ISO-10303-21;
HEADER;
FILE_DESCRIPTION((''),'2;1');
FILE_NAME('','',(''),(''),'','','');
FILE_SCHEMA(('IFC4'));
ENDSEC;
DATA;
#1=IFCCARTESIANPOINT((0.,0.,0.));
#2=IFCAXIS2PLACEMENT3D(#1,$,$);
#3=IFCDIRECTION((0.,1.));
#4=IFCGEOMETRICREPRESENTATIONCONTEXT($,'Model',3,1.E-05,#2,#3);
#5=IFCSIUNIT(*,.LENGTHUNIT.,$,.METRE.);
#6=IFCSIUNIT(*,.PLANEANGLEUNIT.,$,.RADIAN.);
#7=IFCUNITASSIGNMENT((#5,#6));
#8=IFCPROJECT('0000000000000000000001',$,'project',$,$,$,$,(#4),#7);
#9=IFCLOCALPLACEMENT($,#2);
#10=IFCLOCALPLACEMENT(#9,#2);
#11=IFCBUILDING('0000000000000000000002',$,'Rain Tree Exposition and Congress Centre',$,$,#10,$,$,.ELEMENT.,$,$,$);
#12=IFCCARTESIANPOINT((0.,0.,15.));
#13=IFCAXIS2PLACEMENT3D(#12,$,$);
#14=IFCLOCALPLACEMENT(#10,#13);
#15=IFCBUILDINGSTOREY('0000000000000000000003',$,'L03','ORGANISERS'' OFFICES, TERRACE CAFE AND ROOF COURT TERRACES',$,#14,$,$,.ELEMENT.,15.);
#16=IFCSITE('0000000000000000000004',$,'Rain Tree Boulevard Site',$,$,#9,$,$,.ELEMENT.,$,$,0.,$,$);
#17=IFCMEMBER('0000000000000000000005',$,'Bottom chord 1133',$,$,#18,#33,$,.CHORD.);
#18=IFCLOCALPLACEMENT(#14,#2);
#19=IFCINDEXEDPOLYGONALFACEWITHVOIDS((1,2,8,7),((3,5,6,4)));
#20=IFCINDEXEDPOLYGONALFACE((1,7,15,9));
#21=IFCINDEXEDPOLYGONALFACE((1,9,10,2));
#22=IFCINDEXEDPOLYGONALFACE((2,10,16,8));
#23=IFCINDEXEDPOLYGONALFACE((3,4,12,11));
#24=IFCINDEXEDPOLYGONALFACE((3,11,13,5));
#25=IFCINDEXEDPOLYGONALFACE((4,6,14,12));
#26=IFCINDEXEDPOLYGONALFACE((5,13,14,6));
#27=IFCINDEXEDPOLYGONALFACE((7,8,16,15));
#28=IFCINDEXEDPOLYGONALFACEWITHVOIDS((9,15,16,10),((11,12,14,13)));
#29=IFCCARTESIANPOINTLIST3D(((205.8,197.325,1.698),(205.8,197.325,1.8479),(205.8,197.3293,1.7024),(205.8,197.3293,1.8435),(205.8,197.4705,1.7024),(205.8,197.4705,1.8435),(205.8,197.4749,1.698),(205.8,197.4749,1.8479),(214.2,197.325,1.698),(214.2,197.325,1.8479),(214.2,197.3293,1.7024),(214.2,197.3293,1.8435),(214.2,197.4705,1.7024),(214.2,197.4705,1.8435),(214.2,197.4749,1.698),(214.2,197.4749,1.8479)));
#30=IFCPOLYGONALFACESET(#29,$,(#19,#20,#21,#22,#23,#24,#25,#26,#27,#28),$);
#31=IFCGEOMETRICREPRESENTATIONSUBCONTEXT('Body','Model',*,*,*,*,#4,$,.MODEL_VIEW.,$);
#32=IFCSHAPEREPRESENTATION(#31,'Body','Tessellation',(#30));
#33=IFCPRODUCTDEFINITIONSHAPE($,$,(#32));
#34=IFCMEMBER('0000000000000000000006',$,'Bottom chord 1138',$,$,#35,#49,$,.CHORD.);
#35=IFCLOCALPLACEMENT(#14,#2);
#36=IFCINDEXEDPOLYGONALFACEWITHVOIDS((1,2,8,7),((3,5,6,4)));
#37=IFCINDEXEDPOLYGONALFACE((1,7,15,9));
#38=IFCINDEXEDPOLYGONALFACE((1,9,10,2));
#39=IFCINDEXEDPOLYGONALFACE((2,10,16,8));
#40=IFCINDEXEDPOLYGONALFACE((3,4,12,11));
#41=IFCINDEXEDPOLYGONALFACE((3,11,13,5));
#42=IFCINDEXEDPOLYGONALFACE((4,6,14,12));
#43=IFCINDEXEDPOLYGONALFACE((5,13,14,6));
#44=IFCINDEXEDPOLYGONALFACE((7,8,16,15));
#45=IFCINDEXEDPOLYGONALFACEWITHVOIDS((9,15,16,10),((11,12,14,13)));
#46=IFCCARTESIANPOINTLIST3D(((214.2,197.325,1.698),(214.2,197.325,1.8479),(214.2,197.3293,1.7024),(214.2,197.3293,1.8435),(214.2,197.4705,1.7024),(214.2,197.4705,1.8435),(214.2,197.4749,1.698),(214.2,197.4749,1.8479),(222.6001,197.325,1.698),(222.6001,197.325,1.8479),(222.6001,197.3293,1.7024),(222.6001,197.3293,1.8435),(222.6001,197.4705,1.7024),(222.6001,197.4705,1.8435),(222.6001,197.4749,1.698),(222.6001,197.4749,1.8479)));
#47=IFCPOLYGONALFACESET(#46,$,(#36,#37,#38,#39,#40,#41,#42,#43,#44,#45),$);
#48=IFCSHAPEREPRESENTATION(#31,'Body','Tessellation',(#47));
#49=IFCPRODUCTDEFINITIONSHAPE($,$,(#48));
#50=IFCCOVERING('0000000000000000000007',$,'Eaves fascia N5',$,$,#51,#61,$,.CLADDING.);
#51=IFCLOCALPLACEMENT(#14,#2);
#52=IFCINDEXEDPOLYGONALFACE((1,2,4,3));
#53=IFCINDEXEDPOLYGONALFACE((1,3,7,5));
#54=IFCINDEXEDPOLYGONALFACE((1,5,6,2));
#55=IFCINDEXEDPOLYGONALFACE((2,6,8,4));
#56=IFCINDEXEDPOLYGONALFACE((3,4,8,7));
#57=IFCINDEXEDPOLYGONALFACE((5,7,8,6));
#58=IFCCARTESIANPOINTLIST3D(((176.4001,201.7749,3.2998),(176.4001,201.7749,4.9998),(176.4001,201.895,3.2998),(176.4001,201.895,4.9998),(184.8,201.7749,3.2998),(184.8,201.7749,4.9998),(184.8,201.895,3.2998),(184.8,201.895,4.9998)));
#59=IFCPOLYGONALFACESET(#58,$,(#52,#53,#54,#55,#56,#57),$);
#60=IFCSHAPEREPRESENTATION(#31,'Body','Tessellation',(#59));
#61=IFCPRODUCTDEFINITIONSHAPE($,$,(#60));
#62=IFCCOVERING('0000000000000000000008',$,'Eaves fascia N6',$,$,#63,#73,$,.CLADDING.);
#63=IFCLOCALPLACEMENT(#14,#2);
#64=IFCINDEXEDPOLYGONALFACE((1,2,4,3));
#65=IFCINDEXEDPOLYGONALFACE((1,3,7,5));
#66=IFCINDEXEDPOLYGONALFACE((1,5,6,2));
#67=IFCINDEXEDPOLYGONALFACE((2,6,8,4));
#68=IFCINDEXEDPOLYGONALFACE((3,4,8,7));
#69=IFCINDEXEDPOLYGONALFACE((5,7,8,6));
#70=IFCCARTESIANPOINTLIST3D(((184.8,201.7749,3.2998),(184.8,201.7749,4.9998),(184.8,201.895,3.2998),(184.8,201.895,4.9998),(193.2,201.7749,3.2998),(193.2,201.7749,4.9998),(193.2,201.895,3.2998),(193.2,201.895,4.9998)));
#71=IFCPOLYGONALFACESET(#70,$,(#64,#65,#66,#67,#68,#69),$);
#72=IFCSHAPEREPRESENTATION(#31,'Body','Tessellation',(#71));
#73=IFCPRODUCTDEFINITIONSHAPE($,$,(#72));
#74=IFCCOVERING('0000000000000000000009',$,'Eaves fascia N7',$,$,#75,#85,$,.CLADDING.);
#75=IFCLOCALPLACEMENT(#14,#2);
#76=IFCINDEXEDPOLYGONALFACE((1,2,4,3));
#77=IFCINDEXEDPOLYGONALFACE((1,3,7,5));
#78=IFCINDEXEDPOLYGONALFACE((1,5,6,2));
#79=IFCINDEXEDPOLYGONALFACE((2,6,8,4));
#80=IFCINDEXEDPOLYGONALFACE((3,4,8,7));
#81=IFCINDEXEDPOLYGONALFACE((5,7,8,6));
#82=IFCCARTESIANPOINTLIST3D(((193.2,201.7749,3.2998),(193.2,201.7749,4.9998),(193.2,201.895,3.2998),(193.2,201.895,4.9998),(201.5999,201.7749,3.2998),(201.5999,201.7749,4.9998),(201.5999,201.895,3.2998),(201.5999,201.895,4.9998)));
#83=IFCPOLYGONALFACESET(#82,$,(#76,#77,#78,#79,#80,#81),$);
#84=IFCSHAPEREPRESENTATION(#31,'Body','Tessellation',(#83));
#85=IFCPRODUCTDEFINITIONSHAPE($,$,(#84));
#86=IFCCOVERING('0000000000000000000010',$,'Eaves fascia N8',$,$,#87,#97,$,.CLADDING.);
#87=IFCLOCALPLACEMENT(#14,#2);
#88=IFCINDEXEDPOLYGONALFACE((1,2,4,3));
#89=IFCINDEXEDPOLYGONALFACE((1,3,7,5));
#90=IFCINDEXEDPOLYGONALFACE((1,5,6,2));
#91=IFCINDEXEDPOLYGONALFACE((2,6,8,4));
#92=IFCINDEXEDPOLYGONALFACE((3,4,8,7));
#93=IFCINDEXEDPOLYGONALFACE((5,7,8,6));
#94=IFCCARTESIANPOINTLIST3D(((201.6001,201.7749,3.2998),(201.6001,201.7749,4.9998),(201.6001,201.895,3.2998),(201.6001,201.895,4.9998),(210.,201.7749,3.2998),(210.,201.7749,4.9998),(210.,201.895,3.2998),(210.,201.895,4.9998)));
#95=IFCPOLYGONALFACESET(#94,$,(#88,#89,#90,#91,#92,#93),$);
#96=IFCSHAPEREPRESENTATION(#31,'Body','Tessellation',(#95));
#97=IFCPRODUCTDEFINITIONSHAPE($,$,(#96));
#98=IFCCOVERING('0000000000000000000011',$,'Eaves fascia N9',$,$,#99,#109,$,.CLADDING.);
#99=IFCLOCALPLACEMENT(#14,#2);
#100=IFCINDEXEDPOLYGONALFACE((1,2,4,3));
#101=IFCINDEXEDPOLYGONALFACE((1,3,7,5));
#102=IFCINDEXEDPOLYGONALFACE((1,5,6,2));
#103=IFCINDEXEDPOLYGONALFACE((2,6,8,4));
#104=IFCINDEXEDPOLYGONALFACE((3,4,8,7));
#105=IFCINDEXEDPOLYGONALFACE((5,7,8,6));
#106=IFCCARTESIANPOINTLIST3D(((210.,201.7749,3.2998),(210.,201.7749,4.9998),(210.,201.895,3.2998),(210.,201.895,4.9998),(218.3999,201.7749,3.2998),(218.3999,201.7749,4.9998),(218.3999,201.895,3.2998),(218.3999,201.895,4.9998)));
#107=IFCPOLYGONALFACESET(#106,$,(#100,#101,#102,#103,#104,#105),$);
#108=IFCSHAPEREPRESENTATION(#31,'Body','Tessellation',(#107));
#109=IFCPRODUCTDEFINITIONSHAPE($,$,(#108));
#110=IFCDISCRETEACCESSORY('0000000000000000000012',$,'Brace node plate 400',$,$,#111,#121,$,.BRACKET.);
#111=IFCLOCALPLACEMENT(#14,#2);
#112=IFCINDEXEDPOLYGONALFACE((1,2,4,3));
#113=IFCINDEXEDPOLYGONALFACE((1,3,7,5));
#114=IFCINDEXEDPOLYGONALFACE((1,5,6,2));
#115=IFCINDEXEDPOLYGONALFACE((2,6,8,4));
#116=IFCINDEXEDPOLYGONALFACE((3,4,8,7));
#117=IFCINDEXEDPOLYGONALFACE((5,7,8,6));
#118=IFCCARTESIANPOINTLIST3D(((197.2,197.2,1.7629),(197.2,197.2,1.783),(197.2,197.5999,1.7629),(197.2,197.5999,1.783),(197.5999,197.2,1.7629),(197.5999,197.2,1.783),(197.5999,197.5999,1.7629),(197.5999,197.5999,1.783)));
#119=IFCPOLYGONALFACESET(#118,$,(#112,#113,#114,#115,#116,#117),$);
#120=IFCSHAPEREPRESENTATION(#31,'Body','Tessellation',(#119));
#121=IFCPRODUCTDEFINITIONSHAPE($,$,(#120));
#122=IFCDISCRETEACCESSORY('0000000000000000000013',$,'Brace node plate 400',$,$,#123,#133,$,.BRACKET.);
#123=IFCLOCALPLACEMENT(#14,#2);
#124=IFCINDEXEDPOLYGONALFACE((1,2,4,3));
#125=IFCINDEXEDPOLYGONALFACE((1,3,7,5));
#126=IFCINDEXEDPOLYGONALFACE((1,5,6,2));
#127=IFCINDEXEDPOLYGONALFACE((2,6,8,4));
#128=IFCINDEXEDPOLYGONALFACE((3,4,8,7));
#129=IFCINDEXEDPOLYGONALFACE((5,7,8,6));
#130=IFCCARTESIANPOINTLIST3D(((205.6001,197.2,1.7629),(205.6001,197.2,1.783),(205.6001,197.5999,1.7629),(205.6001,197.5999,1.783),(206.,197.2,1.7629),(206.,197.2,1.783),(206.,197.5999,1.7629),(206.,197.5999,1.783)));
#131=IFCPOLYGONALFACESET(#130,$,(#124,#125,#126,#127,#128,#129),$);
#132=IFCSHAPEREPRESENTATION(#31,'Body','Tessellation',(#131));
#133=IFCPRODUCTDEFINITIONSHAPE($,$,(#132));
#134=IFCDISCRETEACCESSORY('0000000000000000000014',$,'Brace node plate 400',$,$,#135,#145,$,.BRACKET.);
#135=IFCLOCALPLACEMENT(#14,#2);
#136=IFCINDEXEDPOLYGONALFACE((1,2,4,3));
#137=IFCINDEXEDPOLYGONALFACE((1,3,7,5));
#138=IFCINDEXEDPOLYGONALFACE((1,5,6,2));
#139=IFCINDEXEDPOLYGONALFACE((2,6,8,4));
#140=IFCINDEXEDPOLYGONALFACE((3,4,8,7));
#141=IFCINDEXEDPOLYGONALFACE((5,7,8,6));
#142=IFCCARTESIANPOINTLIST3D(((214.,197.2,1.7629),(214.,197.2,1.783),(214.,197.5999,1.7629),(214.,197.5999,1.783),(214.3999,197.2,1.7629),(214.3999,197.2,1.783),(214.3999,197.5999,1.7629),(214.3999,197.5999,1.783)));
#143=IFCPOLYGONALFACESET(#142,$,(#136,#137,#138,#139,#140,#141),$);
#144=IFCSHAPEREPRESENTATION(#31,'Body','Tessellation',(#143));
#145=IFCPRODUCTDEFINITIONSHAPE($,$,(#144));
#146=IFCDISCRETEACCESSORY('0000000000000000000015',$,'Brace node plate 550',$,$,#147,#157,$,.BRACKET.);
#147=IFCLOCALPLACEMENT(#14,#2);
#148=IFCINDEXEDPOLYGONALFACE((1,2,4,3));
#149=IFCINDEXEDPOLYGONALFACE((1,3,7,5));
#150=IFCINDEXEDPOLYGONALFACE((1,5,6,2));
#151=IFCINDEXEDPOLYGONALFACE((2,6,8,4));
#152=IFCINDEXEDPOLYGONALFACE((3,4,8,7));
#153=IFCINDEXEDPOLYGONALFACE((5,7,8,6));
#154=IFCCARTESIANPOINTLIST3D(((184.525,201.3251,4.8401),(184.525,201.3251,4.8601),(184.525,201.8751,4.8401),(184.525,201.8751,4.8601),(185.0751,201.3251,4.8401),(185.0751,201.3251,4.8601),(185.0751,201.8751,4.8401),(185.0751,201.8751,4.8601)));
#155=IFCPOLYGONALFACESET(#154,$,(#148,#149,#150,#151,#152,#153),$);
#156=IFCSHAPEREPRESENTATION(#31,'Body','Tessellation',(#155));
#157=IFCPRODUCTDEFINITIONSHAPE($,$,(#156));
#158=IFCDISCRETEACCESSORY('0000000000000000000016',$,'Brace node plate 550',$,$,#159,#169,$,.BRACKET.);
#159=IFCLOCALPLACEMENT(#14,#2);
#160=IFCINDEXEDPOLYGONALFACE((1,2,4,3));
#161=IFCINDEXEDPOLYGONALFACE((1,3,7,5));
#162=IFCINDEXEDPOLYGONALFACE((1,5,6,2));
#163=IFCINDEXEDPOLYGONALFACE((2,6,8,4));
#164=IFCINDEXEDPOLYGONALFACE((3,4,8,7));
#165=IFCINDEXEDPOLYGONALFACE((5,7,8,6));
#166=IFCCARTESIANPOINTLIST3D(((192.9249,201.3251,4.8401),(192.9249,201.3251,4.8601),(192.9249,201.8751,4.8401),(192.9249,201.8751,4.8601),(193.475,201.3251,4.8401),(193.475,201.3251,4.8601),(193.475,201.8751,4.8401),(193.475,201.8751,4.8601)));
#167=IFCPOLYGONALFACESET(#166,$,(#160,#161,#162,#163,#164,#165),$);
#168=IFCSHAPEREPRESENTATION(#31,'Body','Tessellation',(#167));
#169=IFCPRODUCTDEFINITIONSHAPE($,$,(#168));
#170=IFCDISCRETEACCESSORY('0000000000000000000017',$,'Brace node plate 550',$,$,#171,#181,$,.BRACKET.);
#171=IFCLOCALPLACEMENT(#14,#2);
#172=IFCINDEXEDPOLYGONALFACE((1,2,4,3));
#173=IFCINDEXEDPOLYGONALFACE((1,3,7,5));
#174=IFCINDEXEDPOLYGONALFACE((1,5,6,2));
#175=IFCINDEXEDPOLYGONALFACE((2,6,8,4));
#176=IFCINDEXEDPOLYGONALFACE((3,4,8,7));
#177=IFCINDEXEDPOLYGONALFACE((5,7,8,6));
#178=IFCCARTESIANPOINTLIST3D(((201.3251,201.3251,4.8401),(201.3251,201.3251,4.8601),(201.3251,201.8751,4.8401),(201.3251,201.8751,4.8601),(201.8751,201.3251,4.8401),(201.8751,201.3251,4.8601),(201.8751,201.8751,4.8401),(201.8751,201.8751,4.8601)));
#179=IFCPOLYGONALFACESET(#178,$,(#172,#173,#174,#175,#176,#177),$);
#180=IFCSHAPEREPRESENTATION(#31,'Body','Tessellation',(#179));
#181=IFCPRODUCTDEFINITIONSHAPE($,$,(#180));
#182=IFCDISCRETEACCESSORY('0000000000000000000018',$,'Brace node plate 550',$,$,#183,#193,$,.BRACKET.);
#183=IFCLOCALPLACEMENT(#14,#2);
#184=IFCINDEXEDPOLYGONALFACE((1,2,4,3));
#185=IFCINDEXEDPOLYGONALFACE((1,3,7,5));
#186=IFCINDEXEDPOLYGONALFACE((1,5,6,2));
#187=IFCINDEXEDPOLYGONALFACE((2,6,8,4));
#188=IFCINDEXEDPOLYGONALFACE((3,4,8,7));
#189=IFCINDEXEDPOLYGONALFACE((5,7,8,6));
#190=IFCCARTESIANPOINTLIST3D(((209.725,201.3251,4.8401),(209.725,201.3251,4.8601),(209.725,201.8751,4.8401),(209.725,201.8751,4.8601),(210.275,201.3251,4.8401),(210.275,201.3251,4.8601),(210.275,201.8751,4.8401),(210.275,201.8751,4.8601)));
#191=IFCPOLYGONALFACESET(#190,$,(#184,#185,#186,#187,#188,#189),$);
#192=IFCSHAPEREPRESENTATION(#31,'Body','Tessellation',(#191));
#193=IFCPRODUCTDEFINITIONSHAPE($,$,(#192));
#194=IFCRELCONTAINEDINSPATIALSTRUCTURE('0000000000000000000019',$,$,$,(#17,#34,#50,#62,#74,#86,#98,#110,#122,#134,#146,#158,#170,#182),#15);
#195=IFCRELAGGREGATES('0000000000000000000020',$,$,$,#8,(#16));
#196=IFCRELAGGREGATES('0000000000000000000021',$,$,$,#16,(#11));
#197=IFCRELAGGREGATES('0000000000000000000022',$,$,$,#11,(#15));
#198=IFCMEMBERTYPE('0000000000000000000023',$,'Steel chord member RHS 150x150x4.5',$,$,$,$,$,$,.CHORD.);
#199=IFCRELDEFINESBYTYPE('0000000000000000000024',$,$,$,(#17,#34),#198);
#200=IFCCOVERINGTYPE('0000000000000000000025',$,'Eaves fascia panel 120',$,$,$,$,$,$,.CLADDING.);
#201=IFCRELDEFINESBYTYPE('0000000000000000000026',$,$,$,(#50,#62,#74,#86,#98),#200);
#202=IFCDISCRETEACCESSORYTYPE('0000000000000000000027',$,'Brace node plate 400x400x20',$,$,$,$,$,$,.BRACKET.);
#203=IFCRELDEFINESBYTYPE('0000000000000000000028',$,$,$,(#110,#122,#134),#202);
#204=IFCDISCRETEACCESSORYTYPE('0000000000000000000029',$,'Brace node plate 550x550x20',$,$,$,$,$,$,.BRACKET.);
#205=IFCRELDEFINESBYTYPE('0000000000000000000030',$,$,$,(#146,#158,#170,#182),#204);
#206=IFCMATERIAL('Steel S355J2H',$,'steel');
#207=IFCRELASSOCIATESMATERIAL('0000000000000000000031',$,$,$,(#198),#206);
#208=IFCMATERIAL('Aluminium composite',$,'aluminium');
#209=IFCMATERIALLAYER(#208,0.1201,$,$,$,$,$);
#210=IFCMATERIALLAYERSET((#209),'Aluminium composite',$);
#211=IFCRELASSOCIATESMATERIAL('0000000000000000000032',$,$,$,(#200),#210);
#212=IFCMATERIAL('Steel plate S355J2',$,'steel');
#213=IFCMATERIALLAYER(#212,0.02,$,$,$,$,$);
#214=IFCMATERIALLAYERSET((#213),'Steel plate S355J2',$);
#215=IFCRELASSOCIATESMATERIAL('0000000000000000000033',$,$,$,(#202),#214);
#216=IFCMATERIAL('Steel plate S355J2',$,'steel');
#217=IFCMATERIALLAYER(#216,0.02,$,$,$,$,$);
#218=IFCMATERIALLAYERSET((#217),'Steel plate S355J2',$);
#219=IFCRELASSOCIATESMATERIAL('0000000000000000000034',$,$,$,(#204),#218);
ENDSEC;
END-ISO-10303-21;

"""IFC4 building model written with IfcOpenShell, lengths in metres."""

from ifc_helpers import new_model, si_unit, direction, frame, origin, origin_2d, place, context, subcontext, project, spatial, rectangle, hollow_rectangle, extrude, material, layer, layer_set, material_profile, profile_set, type_object, element, save


model = new_model("IFC4")

# Units and contexts
model_context = context("Model", 3, precision=1e-05, world=origin(), true_north=direction((0.0, 1.0)))
body_context = subcontext(model_context, "Body", "Model", "MODEL_VIEW")
ifc_project = project(units=[si_unit("LENGTHUNIT", "METRE"), si_unit("PLANEANGLEUNIT", "RADIAN")], contexts=[model_context])

# Site, building, storey
site_placement = place(None, origin())
site = spatial("IfcSite", under=ifc_project, at=site_placement, Name="Rain Tree Boulevard Site", CompositionType="ELEMENT", RefElevation=0.0)
building_placement = place(site_placement, origin())
building = spatial("IfcBuilding", under=site, at=building_placement, Name="Rain Tree Exposition and Congress Centre", CompositionType="ELEMENT")
storey_placement = place(building_placement, frame((0.0, 0.0, 15.0)))
storey = spatial("IfcBuildingStorey", under=building, at=storey_placement, Name="L03", Description="ORGANISERS' OFFICES, TERRACE CAFE AND ROOF COURT TERRACES", CompositionType="ELEMENT", Elevation=15.0)

# Members
ifc_material_1 = material(Name="Steel S355J2H", Category="steel")
ifc_material_profile_1 = material_profile(ifc_material_1, hollow_rectangle(XDim=0.1499, YDim=0.1499, WallThickness=0.0044, at=origin_2d()), Name="RHS 150x150x4.5")
ifc_profile_set_1 = profile_set([ifc_material_profile_1], Name="Steel S355J2H")
member_type_1 = type_object("IfcMemberType", Name="Steel chord member RHS 150x150x4.5", PredefinedType="CHORD", material=ifc_profile_set_1)
member_1_placement = place(storey_placement, frame((205.8, 197.3999, 1.7729), z_axis=(1.0, 0.0, 0.0), x_axis=(0.0, 1.0, 0.0)))
element("IfcMember", 1, at=member_1_placement, inside=storey, type_object=member_type_1, Name="Bottom chord 1133", PredefinedType="CHORD", context=body_context, shape_type="SweptSolid", body=[
    extrude(hollow_rectangle(XDim=0.1499, YDim=0.1499, WallThickness=0.0044, at=origin_2d()), origin(), (0.0, 0.0, 1.0), 8.3999),
])
member_2_placement = place(storey_placement, frame((214.2, 197.3999, 1.7729), z_axis=(1.0, 0.0, 0.0), x_axis=(0.0, 1.0, 0.0)))
element("IfcMember", 2, at=member_2_placement, inside=storey, type_object=member_type_1, Name="Bottom chord 1138", PredefinedType="CHORD", context=body_context, shape_type="SweptSolid", body=[
    extrude(hollow_rectangle(XDim=0.1499, YDim=0.1499, WallThickness=0.0044, at=origin_2d()), origin(), (0.0, 0.0, 1.0), 8.4001),
])

# Coverings
ifc_material_2 = material(Name="Aluminium composite", Category="aluminium")
ifc_layer_1 = layer(ifc_material_2, 0.1201)
ifc_layer_set_1 = layer_set([ifc_layer_1], Name="Aluminium composite")
covering_type = type_object("IfcCoveringType", Name="Eaves fascia panel 120", PredefinedType="CLADDING", material=ifc_layer_set_1)
for number, where, z_axis, x_axis, name in (
    (3, (180.6001, 201.835, 3.2998), (0.0, 0.0, 1.0), (1.0, 0.0, 0.0), "Eaves fascia N5"),
    (4, (189.0, 201.835, 3.2998), (0.0, 0.0, 1.0), (1.0, 0.0, 0.0), "Eaves fascia N6"),
    (5, (197.3999, 201.835, 3.2998), (0.0, 0.0, 1.0), (1.0, 0.0, 0.0), "Eaves fascia N7"),
    (6, (205.8, 201.835, 3.2998), (0.0, 0.0, 1.0), (1.0, 0.0, 0.0), "Eaves fascia N8"),
    (7, (214.2, 201.835, 3.2998), (0.0, 0.0, 1.0), (1.0, 0.0, 0.0), "Eaves fascia N9"),
):
    element("IfcCovering", number, at=place(storey_placement, frame(where, z_axis=z_axis, x_axis=x_axis)), inside=storey, type_object=covering_type, Name=name, PredefinedType="CLADDING", context=body_context, shape_type="SweptSolid", body=[
        extrude(rectangle(XDim=8.3999, YDim=0.1201, at=origin_2d()), origin(), (0.0, 0.0, 1.0), 1.7),
    ])

# Discrete accessories
ifc_material_3 = material(Name="Steel plate S355J2", Category="steel")
ifc_layer_2 = layer(ifc_material_3, 0.02)
ifc_layer_set_2 = layer_set([ifc_layer_2], Name="Steel plate S355J2")
discrete_accessory_type_1 = type_object("IfcDiscreteAccessoryType", Name="Brace node plate 400x400x20", PredefinedType="BRACKET", material=ifc_layer_set_2)
for number, where, z_axis, x_axis, name in (
    (8, (197.3999, 197.3999, 1.7629), (0.0, 0.0, 1.0), (1.0, 0.0, 0.0), "Brace node plate 400"),
    (9, (205.8, 197.3999, 1.7629), (0.0, 0.0, 1.0), (1.0, 0.0, 0.0), "Brace node plate 400"),
    (10, (214.2, 197.3999, 1.7629), (0.0, 0.0, 1.0), (1.0, 0.0, 0.0), "Brace node plate 400"),
):
    element("IfcDiscreteAccessory", number, at=place(storey_placement, frame(where, z_axis=z_axis, x_axis=x_axis)), inside=storey, type_object=discrete_accessory_type_1, Name=name, PredefinedType="BRACKET", context=body_context, shape_type="SweptSolid", body=[
        extrude(rectangle(XDim=0.3999, YDim=0.3999, at=origin_2d()), origin(), (0.0, 0.0, 1.0), 0.02),
    ])
ifc_material_4 = material(Name="Steel plate S355J2", Category="steel")
ifc_layer_3 = layer(ifc_material_4, 0.02)
ifc_layer_set_3 = layer_set([ifc_layer_3], Name="Steel plate S355J2")
discrete_accessory_type_2 = type_object("IfcDiscreteAccessoryType", Name="Brace node plate 550x550x20", PredefinedType="BRACKET", material=ifc_layer_set_3)
for number, where, z_axis, x_axis, name in (
    (11, (184.8, 201.6001, 4.8401), (0.0, 0.0, 1.0), (1.0, 0.0, 0.0), "Brace node plate 550"),
    (12, (193.2, 201.6001, 4.8401), (0.0, 0.0, 1.0), (1.0, 0.0, 0.0), "Brace node plate 550"),
    (13, (201.6001, 201.6001, 4.8401), (0.0, 0.0, 1.0), (1.0, 0.0, 0.0), "Brace node plate 550"),
    (14, (210.0, 201.6001, 4.8401), (0.0, 0.0, 1.0), (1.0, 0.0, 0.0), "Brace node plate 550"),
):
    element("IfcDiscreteAccessory", number, at=place(storey_placement, frame(where, z_axis=z_axis, x_axis=x_axis)), inside=storey, type_object=discrete_accessory_type_2, Name=name, PredefinedType="BRACKET", context=body_context, shape_type="SweptSolid", body=[
        extrude(rectangle(XDim=0.55, YDim=0.55, at=origin_2d()), origin(), (0.0, 0.0, 1.0), 0.02),
    ])

save(model, "model.ifc")
